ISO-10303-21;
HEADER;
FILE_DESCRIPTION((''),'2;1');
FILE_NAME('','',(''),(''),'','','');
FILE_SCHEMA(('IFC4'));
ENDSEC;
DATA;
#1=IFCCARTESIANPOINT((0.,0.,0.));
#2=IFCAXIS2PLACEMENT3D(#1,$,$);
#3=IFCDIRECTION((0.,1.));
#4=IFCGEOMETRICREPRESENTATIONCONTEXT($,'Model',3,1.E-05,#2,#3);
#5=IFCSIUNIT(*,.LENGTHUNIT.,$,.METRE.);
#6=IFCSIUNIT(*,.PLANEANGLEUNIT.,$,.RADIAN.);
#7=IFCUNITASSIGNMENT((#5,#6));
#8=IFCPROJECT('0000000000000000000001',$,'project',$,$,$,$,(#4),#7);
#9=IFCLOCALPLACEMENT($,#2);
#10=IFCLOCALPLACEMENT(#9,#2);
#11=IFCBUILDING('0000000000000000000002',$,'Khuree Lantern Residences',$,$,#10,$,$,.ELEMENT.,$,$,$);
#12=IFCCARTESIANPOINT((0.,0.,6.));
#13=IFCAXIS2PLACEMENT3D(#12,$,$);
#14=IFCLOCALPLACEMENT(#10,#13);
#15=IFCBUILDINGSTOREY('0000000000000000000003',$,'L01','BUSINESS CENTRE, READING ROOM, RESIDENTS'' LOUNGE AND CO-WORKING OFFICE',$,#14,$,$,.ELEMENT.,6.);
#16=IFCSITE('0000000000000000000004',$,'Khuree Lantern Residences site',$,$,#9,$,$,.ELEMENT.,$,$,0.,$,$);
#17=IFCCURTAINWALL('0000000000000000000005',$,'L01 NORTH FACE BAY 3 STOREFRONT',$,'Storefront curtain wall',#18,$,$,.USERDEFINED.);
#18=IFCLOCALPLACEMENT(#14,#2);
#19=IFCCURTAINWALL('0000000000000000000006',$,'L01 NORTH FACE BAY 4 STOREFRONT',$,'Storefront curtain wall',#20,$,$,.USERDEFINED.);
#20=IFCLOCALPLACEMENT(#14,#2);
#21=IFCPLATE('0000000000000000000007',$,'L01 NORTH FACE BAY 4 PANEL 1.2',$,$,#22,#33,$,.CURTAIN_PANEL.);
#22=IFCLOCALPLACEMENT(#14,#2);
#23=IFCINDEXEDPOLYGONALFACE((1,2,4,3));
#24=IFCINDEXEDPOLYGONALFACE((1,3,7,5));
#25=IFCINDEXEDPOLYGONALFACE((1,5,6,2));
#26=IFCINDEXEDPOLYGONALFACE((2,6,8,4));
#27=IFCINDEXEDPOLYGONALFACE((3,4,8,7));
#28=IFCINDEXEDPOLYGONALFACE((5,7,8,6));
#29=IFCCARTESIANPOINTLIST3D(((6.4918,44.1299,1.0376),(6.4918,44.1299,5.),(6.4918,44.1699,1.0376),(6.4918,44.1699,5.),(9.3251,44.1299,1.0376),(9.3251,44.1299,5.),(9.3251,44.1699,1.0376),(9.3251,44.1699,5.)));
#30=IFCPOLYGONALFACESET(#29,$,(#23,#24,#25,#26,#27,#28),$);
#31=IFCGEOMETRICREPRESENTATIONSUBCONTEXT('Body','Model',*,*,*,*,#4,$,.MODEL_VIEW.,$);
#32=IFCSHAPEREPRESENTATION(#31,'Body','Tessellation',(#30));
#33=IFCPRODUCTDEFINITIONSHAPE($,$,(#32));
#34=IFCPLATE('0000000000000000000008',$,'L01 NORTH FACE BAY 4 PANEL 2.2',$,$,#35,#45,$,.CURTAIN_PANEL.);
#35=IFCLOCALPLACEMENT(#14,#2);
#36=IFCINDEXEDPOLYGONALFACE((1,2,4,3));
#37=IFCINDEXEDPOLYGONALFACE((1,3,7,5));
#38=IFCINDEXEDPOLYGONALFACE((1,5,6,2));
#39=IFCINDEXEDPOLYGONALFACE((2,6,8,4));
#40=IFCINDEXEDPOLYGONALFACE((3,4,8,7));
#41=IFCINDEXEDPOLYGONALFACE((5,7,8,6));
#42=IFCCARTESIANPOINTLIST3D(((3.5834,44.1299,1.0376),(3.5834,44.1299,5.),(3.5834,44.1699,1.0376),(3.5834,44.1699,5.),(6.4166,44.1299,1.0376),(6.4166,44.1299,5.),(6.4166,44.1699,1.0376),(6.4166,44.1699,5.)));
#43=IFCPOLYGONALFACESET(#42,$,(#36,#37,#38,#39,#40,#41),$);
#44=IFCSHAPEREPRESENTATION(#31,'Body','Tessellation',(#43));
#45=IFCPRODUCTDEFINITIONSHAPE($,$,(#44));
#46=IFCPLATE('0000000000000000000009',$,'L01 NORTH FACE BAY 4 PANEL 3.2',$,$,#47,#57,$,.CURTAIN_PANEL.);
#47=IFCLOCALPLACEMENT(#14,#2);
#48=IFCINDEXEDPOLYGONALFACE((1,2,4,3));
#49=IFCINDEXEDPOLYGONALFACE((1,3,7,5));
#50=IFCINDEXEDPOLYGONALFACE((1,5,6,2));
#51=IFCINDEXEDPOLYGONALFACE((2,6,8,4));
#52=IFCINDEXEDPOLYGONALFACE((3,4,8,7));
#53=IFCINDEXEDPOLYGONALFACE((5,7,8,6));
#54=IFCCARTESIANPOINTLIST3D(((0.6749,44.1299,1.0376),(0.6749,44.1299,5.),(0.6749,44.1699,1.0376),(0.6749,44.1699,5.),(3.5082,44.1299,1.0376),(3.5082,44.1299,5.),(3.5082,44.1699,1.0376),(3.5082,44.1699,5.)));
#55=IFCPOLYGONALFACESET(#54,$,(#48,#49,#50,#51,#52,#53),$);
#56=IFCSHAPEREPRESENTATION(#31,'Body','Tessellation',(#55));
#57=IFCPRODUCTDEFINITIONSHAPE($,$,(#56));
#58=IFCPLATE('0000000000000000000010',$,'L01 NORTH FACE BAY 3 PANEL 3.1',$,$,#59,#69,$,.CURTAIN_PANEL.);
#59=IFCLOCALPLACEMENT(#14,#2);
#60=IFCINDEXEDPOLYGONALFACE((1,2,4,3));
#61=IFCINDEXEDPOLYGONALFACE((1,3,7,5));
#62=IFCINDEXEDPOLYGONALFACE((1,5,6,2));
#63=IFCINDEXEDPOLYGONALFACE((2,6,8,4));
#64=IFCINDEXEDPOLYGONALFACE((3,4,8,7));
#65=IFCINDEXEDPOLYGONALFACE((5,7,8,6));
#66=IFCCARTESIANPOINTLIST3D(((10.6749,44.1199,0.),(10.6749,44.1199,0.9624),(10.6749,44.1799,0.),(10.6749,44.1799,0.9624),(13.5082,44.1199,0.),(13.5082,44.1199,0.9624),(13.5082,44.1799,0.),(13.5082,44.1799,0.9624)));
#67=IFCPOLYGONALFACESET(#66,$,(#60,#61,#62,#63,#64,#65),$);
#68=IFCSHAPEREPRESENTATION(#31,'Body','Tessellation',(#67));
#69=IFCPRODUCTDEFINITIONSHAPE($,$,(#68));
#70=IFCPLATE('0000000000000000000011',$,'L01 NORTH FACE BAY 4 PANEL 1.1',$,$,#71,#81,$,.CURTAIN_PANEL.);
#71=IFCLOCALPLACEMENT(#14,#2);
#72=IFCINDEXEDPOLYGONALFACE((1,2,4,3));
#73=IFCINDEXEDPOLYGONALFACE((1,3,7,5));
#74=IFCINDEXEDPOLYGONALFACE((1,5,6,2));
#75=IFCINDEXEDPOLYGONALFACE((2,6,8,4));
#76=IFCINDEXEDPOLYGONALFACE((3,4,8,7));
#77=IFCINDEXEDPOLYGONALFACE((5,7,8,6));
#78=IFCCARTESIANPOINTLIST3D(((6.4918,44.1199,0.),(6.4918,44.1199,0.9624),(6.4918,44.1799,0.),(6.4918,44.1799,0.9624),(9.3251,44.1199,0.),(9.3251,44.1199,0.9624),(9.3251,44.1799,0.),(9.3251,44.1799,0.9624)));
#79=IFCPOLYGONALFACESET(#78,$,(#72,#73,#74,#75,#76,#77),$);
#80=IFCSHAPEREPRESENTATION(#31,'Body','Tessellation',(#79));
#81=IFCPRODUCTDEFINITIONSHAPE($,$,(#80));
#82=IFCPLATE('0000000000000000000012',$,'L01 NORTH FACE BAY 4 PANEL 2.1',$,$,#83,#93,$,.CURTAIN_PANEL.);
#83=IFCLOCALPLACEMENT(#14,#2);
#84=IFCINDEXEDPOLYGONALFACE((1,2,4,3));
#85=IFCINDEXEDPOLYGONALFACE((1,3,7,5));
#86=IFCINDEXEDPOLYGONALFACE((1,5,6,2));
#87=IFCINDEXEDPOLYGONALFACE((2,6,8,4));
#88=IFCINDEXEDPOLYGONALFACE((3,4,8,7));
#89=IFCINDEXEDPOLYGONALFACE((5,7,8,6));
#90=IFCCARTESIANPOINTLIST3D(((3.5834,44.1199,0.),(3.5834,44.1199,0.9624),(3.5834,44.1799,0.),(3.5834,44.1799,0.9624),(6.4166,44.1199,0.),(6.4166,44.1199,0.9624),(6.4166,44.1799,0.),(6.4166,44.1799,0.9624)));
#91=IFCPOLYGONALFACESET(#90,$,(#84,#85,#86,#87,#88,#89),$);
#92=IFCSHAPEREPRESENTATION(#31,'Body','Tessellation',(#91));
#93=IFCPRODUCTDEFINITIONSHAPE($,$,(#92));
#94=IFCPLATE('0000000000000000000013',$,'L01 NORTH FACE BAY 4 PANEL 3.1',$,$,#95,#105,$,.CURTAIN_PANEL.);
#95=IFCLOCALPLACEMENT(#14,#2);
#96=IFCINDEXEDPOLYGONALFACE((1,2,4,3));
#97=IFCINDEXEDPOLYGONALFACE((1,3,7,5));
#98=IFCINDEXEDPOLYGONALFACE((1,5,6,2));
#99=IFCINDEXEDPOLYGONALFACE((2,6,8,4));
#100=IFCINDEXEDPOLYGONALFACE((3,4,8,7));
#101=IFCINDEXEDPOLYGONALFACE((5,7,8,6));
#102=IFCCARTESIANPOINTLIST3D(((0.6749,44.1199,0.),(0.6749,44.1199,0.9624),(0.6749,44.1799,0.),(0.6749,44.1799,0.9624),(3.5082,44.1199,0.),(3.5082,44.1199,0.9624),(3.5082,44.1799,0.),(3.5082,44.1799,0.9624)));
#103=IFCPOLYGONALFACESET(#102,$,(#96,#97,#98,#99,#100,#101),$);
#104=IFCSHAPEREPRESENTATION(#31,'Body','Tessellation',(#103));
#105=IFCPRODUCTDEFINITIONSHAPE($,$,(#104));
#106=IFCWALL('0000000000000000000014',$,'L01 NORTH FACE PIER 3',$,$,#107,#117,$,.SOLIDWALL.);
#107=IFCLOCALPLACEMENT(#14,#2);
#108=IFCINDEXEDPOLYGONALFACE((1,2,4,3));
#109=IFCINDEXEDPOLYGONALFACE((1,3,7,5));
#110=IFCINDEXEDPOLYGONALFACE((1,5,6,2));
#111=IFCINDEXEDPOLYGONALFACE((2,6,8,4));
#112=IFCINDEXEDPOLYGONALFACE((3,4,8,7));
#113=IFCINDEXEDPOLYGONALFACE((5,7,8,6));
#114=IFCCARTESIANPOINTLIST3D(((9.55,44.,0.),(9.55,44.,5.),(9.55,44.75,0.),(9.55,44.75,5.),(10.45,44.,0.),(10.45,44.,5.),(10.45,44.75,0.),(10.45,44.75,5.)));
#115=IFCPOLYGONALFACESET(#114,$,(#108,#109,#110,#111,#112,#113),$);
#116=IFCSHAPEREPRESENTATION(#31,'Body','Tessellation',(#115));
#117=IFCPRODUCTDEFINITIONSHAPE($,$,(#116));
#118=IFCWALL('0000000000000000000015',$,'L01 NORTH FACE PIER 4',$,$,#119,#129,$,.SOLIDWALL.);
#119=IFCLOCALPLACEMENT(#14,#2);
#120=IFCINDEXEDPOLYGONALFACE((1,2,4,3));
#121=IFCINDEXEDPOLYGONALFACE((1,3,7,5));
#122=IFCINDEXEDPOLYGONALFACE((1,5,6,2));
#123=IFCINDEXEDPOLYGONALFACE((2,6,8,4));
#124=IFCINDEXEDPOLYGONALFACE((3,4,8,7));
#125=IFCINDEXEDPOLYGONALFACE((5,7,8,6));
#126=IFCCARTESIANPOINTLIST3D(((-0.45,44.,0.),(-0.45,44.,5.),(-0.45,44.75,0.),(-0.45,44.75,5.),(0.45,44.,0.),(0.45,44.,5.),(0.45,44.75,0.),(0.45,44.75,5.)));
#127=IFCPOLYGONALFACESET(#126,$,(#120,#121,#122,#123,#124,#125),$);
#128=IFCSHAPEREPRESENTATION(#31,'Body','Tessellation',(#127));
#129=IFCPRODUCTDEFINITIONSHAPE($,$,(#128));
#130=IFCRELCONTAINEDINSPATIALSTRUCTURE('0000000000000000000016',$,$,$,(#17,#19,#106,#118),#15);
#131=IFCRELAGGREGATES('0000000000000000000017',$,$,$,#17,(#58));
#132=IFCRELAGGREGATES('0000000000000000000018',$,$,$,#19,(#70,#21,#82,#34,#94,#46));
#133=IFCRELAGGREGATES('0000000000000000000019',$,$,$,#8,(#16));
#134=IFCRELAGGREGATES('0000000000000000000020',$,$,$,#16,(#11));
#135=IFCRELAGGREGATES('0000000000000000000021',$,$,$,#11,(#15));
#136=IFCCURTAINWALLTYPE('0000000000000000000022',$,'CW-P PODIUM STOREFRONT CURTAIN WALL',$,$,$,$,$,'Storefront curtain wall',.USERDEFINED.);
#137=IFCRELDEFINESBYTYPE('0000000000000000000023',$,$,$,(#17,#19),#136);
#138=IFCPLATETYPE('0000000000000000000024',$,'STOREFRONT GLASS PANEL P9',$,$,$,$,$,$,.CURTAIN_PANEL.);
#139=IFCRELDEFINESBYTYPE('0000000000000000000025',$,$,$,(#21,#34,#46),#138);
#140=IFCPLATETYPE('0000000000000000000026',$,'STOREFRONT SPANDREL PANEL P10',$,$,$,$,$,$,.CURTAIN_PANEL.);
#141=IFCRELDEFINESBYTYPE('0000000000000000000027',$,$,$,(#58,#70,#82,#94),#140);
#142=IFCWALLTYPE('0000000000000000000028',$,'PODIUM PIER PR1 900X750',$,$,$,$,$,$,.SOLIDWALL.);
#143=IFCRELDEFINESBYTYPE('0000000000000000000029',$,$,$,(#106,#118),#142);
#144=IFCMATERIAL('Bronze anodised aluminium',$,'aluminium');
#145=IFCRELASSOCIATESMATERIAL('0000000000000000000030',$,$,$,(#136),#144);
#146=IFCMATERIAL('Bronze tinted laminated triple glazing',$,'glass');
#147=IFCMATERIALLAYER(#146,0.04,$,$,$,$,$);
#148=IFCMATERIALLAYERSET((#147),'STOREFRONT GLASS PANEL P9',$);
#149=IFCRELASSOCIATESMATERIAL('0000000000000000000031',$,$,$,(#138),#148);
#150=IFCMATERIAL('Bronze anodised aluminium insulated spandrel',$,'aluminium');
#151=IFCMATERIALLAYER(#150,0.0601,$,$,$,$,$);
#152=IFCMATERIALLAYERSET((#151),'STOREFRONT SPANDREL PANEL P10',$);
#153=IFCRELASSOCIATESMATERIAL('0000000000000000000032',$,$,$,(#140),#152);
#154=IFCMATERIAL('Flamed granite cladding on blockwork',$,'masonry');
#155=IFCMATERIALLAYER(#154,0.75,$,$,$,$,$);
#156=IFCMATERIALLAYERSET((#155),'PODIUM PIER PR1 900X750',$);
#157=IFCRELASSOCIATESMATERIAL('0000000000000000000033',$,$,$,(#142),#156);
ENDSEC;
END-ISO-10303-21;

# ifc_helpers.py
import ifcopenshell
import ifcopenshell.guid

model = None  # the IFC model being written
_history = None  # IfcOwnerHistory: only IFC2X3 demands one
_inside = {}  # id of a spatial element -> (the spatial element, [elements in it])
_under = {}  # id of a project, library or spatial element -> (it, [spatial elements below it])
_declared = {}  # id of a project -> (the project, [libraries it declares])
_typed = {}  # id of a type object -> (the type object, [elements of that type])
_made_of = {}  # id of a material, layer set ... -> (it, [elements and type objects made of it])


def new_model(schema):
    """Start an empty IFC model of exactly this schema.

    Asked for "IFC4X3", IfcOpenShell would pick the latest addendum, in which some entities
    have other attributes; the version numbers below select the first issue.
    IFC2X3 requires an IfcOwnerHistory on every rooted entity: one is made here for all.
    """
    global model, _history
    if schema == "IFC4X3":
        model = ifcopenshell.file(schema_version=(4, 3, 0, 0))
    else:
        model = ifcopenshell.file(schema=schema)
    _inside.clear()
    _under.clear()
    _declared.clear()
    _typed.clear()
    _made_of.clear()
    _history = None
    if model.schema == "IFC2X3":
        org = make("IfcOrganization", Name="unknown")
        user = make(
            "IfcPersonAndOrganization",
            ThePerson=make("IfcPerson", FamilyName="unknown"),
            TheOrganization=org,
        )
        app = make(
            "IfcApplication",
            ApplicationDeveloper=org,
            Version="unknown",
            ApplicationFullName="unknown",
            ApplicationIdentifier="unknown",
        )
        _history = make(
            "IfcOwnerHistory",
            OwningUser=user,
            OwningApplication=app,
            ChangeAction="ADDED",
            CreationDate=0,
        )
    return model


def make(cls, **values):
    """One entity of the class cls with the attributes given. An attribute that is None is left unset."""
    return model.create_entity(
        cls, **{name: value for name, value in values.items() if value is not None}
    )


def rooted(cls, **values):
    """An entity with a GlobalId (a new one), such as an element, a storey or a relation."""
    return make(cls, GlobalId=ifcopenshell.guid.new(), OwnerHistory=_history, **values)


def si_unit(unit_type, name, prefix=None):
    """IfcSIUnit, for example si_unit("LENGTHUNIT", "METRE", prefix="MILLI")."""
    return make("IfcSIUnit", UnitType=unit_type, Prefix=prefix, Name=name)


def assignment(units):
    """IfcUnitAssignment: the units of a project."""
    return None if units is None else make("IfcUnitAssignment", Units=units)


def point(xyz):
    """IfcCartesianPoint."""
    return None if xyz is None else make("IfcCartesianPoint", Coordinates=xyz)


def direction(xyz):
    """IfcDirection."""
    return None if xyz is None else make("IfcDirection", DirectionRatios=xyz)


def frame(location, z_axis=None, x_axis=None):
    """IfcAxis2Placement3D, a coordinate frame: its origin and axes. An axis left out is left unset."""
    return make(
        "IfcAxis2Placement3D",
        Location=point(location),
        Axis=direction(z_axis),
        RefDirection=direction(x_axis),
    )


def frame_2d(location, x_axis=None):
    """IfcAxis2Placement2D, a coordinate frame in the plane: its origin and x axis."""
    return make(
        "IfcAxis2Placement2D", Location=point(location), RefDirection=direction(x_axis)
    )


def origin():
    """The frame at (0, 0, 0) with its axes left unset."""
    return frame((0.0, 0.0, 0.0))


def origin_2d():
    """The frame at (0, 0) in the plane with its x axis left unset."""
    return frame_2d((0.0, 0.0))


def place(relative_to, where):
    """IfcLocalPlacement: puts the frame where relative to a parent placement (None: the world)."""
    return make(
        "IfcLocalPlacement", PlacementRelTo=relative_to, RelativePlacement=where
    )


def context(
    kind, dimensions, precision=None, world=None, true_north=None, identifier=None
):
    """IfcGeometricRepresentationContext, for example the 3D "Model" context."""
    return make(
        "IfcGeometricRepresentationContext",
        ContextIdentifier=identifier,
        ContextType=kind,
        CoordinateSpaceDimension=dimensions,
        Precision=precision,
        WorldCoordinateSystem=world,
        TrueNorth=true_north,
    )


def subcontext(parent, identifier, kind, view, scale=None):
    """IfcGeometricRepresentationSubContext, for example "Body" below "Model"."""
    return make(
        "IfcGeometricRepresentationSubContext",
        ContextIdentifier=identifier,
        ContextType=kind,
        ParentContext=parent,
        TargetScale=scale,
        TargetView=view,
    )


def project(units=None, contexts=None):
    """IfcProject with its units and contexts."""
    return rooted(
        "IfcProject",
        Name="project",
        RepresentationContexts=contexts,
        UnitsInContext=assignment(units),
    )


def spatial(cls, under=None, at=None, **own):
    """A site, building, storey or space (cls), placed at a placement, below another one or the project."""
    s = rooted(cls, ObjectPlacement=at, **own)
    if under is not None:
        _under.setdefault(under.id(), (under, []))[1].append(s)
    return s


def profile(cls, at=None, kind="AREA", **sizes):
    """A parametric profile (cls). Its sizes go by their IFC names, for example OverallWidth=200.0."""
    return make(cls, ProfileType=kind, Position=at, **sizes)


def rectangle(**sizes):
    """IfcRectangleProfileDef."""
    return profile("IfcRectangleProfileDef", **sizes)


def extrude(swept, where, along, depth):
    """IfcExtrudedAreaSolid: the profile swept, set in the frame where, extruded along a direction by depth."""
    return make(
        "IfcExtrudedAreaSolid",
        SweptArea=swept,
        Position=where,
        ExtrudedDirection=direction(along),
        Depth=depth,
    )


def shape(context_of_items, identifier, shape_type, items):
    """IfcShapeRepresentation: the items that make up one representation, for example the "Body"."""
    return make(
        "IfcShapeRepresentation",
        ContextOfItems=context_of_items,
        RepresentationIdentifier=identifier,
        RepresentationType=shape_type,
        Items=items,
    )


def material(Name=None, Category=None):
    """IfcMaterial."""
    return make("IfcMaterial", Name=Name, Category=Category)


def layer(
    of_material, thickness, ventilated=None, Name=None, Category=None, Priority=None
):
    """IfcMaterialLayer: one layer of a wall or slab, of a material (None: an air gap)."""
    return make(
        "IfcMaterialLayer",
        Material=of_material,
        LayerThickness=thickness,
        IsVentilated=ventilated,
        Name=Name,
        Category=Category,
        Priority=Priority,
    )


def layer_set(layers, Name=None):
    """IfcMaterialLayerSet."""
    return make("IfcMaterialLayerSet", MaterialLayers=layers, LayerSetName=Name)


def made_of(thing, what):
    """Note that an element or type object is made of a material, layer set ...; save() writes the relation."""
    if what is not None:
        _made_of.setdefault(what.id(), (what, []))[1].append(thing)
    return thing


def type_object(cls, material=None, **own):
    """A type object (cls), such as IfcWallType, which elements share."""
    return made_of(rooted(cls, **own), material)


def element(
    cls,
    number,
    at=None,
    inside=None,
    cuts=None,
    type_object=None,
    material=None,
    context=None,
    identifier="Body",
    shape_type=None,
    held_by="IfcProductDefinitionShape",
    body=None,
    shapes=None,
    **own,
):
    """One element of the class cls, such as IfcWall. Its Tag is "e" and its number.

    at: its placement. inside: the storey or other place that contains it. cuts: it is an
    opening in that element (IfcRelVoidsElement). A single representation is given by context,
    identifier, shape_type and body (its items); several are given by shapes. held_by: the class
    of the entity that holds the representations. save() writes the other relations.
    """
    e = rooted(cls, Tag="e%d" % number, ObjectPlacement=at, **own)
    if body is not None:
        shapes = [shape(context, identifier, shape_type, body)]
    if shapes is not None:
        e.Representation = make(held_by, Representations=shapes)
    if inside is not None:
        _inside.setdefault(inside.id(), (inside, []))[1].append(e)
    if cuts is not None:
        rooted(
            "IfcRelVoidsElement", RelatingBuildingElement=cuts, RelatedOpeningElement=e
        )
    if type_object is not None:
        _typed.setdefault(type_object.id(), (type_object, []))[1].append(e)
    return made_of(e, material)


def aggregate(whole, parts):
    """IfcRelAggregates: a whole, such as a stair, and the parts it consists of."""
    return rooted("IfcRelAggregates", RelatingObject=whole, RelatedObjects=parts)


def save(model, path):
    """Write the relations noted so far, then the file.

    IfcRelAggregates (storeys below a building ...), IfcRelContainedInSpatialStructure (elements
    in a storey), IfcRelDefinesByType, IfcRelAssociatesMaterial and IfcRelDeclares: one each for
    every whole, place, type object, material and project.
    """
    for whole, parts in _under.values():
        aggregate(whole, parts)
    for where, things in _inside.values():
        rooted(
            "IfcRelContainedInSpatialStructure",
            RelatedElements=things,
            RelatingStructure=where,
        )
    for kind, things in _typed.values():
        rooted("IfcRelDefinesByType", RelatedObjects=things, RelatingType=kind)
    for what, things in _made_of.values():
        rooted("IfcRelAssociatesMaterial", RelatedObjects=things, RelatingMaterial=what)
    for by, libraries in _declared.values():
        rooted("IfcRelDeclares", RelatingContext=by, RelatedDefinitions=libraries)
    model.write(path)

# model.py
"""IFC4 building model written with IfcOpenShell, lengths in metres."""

from ifc_helpers import new_model, si_unit, direction, frame, frame_2d, origin, origin_2d, place, context, subcontext, project, spatial, rectangle, extrude, material, layer, layer_set, type_object, element, aggregate, save


model = new_model("IFC4")

# Units and contexts
model_context = context("Model", 3, precision=1e-05, world=origin(), true_north=direction((0.0, 1.0)))
body_context = subcontext(model_context, "Body", "Model", "MODEL_VIEW")
ifc_project = project(units=[si_unit("LENGTHUNIT", "METRE"), si_unit("PLANEANGLEUNIT", "RADIAN")], contexts=[model_context])

# Site, building, storey
site_placement = place(None, origin())
site = spatial("IfcSite", under=ifc_project, at=site_placement, Name="Khuree Lantern Residences site", CompositionType="ELEMENT", RefElevation=0.0)
building_placement = place(site_placement, origin())
building = spatial("IfcBuilding", under=site, at=building_placement, Name="Khuree Lantern Residences", CompositionType="ELEMENT")
storey_placement = place(building_placement, frame((0.0, 0.0, 6.0)))
storey = spatial("IfcBuildingStorey", under=building, at=storey_placement, Name="L01", Description="BUSINESS CENTRE, READING ROOM, RESIDENTS' LOUNGE AND CO-WORKING OFFICE", CompositionType="ELEMENT", Elevation=6.0)

# Curtain walls
ifc_material_1 = material(Name="Bronze anodised aluminium", Category="aluminium")
curtain_wall_type = type_object("IfcCurtainWallType", Name="CW-P PODIUM STOREFRONT CURTAIN WALL", ElementType="Storefront curtain wall", PredefinedType="USERDEFINED", material=ifc_material_1)
curtain_wall_1_placement = place(storey_placement, origin())
curtain_wall_1 = element("IfcCurtainWall", 1, at=curtain_wall_1_placement, inside=storey, type_object=curtain_wall_type, Name="L01 NORTH FACE BAY 3 STOREFRONT", ObjectType="Storefront curtain wall", PredefinedType="USERDEFINED")
curtain_wall_2_placement = place(storey_placement, origin())
curtain_wall_2 = element("IfcCurtainWall", 2, at=curtain_wall_2_placement, inside=storey, type_object=curtain_wall_type, Name="L01 NORTH FACE BAY 4 STOREFRONT", ObjectType="Storefront curtain wall", PredefinedType="USERDEFINED")

# Plates
ifc_material_2 = material(Name="Bronze tinted laminated triple glazing", Category="glass")
ifc_layer_1 = layer(ifc_material_2, 0.04)
ifc_layer_set_1 = layer_set([ifc_layer_1], Name="STOREFRONT GLASS PANEL P9")
plate_type_1 = type_object("IfcPlateType", Name="STOREFRONT GLASS PANEL P9", PredefinedType="CURTAIN_PANEL", material=ifc_layer_set_1)
plate_1_placement = place(storey_placement, frame((7.9084, 44.1499, 1.0376), z_axis=(0.0, 0.0, 1.0), x_axis=(-1.0, 0.0, 0.0)))
plate_1 = element("IfcPlate", 3, at=plate_1_placement, type_object=plate_type_1, Name="L01 NORTH FACE BAY 4 PANEL 1.2", PredefinedType="CURTAIN_PANEL", context=body_context, shape_type="SweptSolid", body=[
    extrude(rectangle(XDim=2.8333, YDim=0.04, at=origin_2d()), origin(), (0.0, 0.0, 1.0), 3.9624),
])
plate_2_placement = place(storey_placement, frame((5.0, 44.1499, 1.0376), z_axis=(0.0, 0.0, 1.0), x_axis=(-1.0, 0.0, 0.0)))
plate_2 = element("IfcPlate", 4, at=plate_2_placement, type_object=plate_type_1, Name="L01 NORTH FACE BAY 4 PANEL 2.2", PredefinedType="CURTAIN_PANEL", context=body_context, shape_type="SweptSolid", body=[
    extrude(rectangle(XDim=2.8333, YDim=0.04, at=origin_2d()), origin(), (0.0, 0.0, 1.0), 3.9624),
])
plate_3_placement = place(storey_placement, frame((2.0916, 44.1499, 1.0376), z_axis=(0.0, 0.0, 1.0), x_axis=(-1.0, 0.0, 0.0)))
plate_3 = element("IfcPlate", 5, at=plate_3_placement, type_object=plate_type_1, Name="L01 NORTH FACE BAY 4 PANEL 3.2", PredefinedType="CURTAIN_PANEL", context=body_context, shape_type="SweptSolid", body=[
    extrude(rectangle(XDim=2.8333, YDim=0.04, at=origin_2d()), origin(), (0.0, 0.0, 1.0), 3.9624),
])
ifc_material_3 = material(Name="Bronze anodised aluminium insulated spandrel", Category="aluminium")
ifc_layer_2 = layer(ifc_material_3, 0.0601)
ifc_layer_set_2 = layer_set([ifc_layer_2], Name="STOREFRONT SPANDREL PANEL P10")
plate_type_2 = type_object("IfcPlateType", Name="STOREFRONT SPANDREL PANEL P10", PredefinedType="CURTAIN_PANEL", material=ifc_layer_set_2)
plate_4_placement = place(storey_placement, frame((12.0916, 44.1499, 0.0), z_axis=(0.0, 0.0, 1.0), x_axis=(-1.0, 0.0, 0.0)))
plate_4 = element("IfcPlate", 6, at=plate_4_placement, type_object=plate_type_2, Name="L01 NORTH FACE BAY 3 PANEL 3.1", PredefinedType="CURTAIN_PANEL", context=body_context, shape_type="SweptSolid", body=[
    extrude(rectangle(XDim=2.8333, YDim=0.0601, at=origin_2d()), origin(), (0.0, 0.0, 1.0), 0.9624),
])
aggregate(curtain_wall_1, [plate_4])
plate_5_placement = place(storey_placement, frame((7.9084, 44.1499, 0.0), z_axis=(0.0, 0.0, 1.0), x_axis=(-1.0, 0.0, 0.0)))
plate_5 = element("IfcPlate", 7, at=plate_5_placement, type_object=plate_type_2, Name="L01 NORTH FACE BAY 4 PANEL 1.1", PredefinedType="CURTAIN_PANEL", context=body_context, shape_type="SweptSolid", body=[
    extrude(rectangle(XDim=2.8333, YDim=0.0601, at=origin_2d()), origin(), (0.0, 0.0, 1.0), 0.9624),
])
plate_6_placement = place(storey_placement, frame((5.0, 44.1499, 0.0), z_axis=(0.0, 0.0, 1.0), x_axis=(-1.0, 0.0, 0.0)))
plate_6 = element("IfcPlate", 8, at=plate_6_placement, type_object=plate_type_2, Name="L01 NORTH FACE BAY 4 PANEL 2.1", PredefinedType="CURTAIN_PANEL", context=body_context, shape_type="SweptSolid", body=[
    extrude(rectangle(XDim=2.8333, YDim=0.0601, at=origin_2d()), origin(), (0.0, 0.0, 1.0), 0.9624),
])
plate_7_placement = place(storey_placement, frame((2.0916, 44.1499, 0.0), z_axis=(0.0, 0.0, 1.0), x_axis=(-1.0, 0.0, 0.0)))
plate_7 = element("IfcPlate", 9, at=plate_7_placement, type_object=plate_type_2, Name="L01 NORTH FACE BAY 4 PANEL 3.1", PredefinedType="CURTAIN_PANEL", context=body_context, shape_type="SweptSolid", body=[
    extrude(rectangle(XDim=2.8333, YDim=0.0601, at=origin_2d()), origin(), (0.0, 0.0, 1.0), 0.9624),
])
aggregate(curtain_wall_2, [plate_5, plate_1, plate_6, plate_2, plate_7, plate_3])

# Walls
ifc_material_4 = material(Name="Flamed granite cladding on blockwork", Category="masonry")
ifc_layer_3 = layer(ifc_material_4, 0.75)
ifc_layer_set_3 = layer_set([ifc_layer_3], Name="PODIUM PIER PR1 900X750")
wall_type = type_object("IfcWallType", Name="PODIUM PIER PR1 900X750", PredefinedType="SOLIDWALL", material=ifc_layer_set_3)
for number, where, z_axis, x_axis, name in (
    (10, (10.45, 44.375, 0.0), (0.0, 0.0, 1.0), (-1.0, 0.0, 0.0), "L01 NORTH FACE PIER 3"),
    (11, (0.45, 44.375, 0.0), (0.0, 0.0, 1.0), (-1.0, 0.0, 0.0), "L01 NORTH FACE PIER 4"),
):
    element("IfcWall", number, at=place(storey_placement, frame(where, z_axis=z_axis, x_axis=x_axis)), inside=storey, type_object=wall_type, Name=name, PredefinedType="SOLIDWALL", context=body_context, shape_type="SweptSolid", body=[
        extrude(rectangle(XDim=0.8999, YDim=0.75, at=frame_2d((0.45, 0.0))), origin(), (0.0, 0.0, 1.0), 5.0),
    ])

save(model, "model.ifc")
